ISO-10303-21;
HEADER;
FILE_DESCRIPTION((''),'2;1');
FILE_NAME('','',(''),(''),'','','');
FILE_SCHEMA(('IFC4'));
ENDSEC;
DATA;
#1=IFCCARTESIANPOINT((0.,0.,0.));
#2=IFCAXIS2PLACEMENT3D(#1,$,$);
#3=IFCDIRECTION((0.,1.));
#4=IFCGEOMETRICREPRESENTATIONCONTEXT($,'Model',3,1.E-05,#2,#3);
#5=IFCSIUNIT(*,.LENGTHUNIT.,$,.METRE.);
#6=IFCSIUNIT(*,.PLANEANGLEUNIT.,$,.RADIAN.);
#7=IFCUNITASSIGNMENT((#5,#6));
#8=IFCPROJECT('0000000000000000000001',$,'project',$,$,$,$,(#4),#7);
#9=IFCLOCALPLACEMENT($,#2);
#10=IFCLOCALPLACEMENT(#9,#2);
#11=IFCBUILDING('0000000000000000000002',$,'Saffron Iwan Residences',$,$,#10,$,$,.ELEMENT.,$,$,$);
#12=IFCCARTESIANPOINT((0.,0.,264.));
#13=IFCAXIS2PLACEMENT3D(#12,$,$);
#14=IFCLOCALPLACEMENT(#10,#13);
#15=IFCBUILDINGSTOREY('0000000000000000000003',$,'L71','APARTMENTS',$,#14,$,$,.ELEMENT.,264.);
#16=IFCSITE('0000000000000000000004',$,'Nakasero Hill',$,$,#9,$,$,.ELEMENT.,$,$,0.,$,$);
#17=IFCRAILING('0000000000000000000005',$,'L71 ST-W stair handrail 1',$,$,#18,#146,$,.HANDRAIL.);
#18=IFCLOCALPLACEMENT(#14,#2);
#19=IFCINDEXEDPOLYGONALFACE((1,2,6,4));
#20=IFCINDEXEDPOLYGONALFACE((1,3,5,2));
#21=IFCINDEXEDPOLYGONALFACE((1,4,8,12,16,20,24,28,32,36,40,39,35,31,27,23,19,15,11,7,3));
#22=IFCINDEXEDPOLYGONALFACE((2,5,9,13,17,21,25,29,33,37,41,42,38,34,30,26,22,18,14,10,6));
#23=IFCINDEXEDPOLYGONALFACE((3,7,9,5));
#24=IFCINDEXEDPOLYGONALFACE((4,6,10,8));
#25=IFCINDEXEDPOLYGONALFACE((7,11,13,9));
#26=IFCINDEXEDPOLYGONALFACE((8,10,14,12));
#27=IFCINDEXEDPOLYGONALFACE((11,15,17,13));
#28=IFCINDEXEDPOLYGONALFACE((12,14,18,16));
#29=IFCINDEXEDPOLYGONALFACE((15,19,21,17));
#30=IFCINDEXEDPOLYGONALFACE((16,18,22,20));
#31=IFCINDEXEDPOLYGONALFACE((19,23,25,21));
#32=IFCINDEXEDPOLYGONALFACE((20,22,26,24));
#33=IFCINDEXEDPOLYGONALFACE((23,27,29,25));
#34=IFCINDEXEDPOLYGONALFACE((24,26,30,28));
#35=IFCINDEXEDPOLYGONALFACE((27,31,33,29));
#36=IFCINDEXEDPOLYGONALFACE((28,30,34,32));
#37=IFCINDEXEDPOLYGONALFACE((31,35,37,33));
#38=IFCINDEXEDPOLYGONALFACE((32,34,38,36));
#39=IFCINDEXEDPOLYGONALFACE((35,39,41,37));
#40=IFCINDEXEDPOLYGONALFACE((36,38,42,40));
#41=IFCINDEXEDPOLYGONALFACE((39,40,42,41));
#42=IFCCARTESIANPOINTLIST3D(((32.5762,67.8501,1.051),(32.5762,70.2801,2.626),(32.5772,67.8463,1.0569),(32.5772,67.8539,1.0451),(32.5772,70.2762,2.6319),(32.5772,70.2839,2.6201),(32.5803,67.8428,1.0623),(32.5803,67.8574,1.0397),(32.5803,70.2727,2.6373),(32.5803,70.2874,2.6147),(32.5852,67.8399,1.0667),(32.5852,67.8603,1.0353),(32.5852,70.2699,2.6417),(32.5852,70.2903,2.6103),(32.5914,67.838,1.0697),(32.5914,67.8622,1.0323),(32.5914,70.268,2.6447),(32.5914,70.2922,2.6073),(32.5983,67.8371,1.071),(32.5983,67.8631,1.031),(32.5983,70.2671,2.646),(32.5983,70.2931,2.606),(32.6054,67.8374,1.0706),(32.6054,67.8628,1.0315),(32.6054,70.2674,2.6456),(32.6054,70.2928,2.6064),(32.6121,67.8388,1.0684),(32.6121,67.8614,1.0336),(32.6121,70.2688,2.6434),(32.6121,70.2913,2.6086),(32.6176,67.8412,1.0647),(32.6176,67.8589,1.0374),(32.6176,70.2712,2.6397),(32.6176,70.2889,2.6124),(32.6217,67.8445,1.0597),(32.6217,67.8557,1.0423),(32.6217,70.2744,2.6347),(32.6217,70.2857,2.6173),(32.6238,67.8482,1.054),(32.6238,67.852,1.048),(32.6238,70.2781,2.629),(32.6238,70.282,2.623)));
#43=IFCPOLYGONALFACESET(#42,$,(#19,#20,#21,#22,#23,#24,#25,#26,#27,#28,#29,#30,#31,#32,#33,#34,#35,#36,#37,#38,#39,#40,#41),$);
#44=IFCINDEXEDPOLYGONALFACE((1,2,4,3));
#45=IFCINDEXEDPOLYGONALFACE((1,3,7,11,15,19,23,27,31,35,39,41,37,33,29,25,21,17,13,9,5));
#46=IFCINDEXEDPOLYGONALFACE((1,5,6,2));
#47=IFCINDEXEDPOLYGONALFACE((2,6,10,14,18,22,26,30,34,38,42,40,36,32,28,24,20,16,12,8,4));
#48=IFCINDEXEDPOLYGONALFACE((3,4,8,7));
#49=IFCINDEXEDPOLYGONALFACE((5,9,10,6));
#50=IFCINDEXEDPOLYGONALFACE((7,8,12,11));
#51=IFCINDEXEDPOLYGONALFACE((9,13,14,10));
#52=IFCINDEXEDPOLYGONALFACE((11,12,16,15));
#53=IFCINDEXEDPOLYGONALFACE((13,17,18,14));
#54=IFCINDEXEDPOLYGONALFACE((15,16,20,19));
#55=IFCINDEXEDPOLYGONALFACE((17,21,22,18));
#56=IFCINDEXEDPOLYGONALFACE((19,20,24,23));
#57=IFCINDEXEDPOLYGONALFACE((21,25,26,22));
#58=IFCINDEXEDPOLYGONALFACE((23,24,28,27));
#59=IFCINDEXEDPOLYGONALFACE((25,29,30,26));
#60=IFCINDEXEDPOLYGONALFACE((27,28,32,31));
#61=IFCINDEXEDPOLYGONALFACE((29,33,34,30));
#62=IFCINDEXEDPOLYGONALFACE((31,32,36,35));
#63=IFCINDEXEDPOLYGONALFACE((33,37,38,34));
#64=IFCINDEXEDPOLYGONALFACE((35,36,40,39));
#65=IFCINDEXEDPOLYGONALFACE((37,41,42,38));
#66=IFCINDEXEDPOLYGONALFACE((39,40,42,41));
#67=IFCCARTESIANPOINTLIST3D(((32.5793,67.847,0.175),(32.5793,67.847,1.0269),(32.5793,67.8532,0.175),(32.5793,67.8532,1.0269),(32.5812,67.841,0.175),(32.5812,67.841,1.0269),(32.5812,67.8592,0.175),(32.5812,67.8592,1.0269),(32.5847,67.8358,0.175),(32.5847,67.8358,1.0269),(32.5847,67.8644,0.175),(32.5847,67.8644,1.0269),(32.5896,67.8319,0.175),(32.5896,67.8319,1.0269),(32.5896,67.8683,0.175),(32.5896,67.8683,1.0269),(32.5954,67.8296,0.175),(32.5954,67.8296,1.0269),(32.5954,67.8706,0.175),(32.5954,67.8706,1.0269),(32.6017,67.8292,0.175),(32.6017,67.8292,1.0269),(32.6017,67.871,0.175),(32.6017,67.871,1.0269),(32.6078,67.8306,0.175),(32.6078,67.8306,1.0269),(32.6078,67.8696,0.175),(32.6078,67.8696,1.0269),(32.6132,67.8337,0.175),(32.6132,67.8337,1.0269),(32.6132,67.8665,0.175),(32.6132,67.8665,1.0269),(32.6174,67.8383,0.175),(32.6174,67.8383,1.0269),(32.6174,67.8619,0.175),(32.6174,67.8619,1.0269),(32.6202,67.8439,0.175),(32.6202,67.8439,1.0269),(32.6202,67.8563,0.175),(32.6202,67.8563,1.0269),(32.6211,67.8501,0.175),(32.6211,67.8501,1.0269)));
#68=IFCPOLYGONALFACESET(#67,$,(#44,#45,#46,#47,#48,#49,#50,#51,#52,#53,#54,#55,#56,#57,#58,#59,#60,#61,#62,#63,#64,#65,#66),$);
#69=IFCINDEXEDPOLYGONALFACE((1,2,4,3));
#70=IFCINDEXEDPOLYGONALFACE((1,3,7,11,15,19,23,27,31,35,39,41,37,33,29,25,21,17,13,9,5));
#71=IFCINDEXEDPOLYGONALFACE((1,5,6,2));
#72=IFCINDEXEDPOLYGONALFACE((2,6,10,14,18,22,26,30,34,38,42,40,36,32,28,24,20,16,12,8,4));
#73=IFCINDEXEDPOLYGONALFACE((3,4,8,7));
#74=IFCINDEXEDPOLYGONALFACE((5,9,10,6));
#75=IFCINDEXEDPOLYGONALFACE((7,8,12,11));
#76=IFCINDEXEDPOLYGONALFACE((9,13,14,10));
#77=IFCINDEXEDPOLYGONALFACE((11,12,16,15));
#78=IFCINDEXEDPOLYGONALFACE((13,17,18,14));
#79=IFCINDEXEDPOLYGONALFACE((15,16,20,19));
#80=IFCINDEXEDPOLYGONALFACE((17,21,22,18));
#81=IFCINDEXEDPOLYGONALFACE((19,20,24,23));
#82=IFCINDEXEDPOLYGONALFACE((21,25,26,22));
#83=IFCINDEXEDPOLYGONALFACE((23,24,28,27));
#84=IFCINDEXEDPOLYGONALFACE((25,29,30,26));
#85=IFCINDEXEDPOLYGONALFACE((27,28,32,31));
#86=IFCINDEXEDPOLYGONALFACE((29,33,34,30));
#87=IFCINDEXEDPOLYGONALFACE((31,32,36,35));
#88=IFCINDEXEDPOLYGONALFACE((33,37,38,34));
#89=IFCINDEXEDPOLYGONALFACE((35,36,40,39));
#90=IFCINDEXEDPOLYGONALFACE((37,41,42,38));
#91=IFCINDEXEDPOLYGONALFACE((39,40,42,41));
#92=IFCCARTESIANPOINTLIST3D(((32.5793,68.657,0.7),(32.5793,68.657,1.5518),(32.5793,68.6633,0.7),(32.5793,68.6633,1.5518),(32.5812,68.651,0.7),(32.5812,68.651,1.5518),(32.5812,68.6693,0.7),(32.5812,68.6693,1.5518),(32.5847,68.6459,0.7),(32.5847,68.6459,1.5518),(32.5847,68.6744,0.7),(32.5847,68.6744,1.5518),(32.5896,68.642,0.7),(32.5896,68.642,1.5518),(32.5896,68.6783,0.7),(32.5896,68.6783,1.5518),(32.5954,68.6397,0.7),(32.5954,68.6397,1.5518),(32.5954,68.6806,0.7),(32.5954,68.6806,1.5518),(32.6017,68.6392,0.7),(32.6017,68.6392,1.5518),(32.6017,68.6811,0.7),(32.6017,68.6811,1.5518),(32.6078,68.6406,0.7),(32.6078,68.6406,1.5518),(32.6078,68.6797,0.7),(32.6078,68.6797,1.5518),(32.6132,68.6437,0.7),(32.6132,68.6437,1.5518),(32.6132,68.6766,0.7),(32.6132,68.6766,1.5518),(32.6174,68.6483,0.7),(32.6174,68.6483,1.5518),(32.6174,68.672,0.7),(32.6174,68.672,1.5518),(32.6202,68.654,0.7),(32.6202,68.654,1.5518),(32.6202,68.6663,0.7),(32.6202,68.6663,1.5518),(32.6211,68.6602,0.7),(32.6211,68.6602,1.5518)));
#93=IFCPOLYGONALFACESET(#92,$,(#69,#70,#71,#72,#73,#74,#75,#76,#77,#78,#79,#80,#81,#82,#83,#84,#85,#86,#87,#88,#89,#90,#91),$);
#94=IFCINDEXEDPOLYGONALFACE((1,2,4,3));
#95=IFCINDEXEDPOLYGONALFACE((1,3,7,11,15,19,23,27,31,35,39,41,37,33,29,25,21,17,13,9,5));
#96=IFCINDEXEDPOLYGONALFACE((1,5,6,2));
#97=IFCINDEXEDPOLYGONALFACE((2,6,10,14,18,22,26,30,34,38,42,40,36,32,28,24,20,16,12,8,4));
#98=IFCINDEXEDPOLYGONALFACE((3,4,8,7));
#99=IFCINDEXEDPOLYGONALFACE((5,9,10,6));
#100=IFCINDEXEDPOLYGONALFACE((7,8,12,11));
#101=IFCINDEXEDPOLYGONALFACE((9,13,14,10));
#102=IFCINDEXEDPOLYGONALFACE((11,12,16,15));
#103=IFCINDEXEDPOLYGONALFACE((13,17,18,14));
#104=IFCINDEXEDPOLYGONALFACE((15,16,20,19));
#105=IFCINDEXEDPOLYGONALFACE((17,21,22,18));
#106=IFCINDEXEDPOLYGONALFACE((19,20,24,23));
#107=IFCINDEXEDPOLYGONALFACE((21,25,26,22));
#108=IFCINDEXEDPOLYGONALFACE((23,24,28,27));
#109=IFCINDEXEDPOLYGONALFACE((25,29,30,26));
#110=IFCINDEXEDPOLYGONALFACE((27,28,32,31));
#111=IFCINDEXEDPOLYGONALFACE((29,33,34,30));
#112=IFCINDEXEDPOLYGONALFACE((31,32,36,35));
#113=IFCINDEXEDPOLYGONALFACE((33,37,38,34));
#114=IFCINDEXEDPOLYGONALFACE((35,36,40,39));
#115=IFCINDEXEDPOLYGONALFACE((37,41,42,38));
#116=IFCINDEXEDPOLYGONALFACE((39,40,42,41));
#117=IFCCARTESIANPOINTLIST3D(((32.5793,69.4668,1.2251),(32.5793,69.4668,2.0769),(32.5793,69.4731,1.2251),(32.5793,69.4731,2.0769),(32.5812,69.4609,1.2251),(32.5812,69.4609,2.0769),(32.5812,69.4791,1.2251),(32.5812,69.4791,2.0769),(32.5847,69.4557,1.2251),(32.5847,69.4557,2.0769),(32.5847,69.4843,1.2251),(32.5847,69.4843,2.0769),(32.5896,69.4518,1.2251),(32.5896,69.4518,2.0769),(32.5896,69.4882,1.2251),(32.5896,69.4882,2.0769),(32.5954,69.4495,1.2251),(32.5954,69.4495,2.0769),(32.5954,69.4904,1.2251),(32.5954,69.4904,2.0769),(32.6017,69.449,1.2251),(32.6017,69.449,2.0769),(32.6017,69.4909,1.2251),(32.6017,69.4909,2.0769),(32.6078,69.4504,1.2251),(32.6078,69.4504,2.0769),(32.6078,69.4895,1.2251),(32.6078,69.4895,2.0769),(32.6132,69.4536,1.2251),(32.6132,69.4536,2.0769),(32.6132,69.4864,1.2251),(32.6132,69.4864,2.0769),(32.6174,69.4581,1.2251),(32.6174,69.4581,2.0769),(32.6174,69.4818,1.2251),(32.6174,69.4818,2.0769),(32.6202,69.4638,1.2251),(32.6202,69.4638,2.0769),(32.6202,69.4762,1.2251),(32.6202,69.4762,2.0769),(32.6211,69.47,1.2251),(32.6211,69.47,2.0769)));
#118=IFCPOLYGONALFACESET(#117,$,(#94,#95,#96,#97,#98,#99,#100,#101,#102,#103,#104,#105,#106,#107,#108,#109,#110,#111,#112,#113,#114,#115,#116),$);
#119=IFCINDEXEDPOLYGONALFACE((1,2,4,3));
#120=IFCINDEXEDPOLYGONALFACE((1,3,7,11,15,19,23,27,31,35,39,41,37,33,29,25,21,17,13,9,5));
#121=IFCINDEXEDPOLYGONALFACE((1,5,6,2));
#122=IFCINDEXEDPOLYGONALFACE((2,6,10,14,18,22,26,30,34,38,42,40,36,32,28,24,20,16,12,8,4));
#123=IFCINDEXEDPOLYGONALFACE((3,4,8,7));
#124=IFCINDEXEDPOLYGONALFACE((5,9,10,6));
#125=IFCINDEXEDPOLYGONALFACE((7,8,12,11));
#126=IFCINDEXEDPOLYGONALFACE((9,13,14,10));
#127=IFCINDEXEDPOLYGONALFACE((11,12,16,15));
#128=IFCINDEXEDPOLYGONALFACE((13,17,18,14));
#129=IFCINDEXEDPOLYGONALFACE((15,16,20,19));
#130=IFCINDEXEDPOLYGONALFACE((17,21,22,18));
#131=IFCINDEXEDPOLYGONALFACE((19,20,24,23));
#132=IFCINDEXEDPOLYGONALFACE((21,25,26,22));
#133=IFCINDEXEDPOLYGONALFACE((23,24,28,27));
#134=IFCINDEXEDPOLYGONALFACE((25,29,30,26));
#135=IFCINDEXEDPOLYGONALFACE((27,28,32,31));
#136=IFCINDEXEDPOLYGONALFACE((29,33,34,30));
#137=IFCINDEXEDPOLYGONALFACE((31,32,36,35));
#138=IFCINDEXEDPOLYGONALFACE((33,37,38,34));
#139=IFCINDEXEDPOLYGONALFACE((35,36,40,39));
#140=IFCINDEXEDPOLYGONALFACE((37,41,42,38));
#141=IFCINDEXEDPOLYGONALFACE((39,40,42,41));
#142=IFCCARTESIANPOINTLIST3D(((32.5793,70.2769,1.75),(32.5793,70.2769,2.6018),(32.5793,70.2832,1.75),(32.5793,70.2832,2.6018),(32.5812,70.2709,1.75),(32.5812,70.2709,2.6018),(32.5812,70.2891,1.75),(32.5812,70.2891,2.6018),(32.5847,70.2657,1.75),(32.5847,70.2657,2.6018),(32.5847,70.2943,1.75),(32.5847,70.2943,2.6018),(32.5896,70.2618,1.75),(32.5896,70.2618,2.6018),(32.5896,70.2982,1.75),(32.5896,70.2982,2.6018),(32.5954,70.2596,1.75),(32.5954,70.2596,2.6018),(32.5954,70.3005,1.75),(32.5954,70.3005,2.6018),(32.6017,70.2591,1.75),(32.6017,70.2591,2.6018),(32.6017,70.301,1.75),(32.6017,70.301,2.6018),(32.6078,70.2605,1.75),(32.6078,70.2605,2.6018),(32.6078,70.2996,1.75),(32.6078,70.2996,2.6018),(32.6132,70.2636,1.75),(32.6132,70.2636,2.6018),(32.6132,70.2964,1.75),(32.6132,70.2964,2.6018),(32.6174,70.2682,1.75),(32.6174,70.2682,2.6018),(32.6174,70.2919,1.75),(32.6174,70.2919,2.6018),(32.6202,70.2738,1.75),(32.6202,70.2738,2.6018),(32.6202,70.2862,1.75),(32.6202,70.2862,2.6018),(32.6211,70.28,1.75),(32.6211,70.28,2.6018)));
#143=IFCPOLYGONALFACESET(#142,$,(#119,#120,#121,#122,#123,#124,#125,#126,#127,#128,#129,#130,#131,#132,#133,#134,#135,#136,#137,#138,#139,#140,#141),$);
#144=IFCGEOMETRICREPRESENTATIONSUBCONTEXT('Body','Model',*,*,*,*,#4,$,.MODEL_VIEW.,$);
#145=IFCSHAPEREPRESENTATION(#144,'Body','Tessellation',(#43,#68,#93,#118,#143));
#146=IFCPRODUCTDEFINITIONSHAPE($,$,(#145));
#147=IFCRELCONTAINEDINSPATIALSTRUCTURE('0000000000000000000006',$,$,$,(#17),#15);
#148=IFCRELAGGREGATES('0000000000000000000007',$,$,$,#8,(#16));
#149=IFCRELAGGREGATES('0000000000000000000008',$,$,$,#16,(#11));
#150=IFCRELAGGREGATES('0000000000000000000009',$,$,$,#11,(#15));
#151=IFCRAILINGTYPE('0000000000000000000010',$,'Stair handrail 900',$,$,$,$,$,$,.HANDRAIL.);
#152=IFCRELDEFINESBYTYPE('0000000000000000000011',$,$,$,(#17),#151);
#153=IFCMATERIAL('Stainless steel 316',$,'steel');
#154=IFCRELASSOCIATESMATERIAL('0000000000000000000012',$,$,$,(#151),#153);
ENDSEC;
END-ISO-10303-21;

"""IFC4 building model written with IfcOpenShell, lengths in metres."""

from ifc_helpers import new_model, si_unit, direction, frame, origin, origin_2d, place, context, subcontext, project, spatial, circle, extrude, material, type_object, element, save


model = new_model("IFC4")

# Units and contexts
model_context = context("Model", 3, precision=1e-05, world=origin(), true_north=direction((0.0, 1.0)))
body_context = subcontext(model_context, "Body", "Model", "MODEL_VIEW")
ifc_project = project(units=[si_unit("LENGTHUNIT", "METRE"), si_unit("PLANEANGLEUNIT", "RADIAN")], contexts=[model_context])

# Site, building, storey
site_placement = place(None, origin())
site = spatial("IfcSite", under=ifc_project, at=site_placement, Name="Nakasero Hill", CompositionType="ELEMENT", RefElevation=0.0)
building_placement = place(site_placement, origin())
building = spatial("IfcBuilding", under=site, at=building_placement, Name="Saffron Iwan Residences", CompositionType="ELEMENT")
storey_placement = place(building_placement, frame((0.0, 0.0, 264.0)))
storey = spatial("IfcBuildingStorey", under=building, at=storey_placement, Name="L71", Description="APARTMENTS", CompositionType="ELEMENT", Elevation=264.0)

# Railing
ifc_material_1 = material(Name="Stainless steel 316", Category="steel")
railing_type_1 = type_object("IfcRailingType", Name="Stair handrail 900", PredefinedType="HANDRAIL", material=ifc_material_1)
railing_1_placement = place(storey_placement, frame((32.6001, 67.8501, 0.175)))
element("IfcRailing", 1, at=railing_1_placement, inside=storey, type_object=railing_type_1, Name="L71 ST-W stair handrail 1", PredefinedType="HANDRAIL", context=body_context, shape_type="SweptSolid", body=[
    extrude(circle(Radius=0.0239, at=origin_2d()), frame((0.0, 0.0, 0.876), z_axis=(0.0, 0.839154, 0.543894), x_axis=(-1.0, 0.0, 0.0)), (0.0, 0.0, 1.0), 2.8958),
    extrude(circle(Radius=0.021, at=origin_2d()), origin(), (0.0, 0.0, 1.0), 0.8518),
    extrude(circle(Radius=0.021, at=origin_2d()), frame((0.0, 0.8101, 0.5249)), (0.0, 0.0, 1.0), 0.8518),
    extrude(circle(Radius=0.021, at=origin_2d()), frame((0.0, 1.6199, 1.05)), (0.0, 0.0, 1.0), 0.8518),
    extrude(circle(Radius=0.021, at=origin_2d()), frame((0.0, 2.4299, 1.575)), (0.0, 0.0, 1.0), 0.8518),
])

save(model, "model.ifc")
